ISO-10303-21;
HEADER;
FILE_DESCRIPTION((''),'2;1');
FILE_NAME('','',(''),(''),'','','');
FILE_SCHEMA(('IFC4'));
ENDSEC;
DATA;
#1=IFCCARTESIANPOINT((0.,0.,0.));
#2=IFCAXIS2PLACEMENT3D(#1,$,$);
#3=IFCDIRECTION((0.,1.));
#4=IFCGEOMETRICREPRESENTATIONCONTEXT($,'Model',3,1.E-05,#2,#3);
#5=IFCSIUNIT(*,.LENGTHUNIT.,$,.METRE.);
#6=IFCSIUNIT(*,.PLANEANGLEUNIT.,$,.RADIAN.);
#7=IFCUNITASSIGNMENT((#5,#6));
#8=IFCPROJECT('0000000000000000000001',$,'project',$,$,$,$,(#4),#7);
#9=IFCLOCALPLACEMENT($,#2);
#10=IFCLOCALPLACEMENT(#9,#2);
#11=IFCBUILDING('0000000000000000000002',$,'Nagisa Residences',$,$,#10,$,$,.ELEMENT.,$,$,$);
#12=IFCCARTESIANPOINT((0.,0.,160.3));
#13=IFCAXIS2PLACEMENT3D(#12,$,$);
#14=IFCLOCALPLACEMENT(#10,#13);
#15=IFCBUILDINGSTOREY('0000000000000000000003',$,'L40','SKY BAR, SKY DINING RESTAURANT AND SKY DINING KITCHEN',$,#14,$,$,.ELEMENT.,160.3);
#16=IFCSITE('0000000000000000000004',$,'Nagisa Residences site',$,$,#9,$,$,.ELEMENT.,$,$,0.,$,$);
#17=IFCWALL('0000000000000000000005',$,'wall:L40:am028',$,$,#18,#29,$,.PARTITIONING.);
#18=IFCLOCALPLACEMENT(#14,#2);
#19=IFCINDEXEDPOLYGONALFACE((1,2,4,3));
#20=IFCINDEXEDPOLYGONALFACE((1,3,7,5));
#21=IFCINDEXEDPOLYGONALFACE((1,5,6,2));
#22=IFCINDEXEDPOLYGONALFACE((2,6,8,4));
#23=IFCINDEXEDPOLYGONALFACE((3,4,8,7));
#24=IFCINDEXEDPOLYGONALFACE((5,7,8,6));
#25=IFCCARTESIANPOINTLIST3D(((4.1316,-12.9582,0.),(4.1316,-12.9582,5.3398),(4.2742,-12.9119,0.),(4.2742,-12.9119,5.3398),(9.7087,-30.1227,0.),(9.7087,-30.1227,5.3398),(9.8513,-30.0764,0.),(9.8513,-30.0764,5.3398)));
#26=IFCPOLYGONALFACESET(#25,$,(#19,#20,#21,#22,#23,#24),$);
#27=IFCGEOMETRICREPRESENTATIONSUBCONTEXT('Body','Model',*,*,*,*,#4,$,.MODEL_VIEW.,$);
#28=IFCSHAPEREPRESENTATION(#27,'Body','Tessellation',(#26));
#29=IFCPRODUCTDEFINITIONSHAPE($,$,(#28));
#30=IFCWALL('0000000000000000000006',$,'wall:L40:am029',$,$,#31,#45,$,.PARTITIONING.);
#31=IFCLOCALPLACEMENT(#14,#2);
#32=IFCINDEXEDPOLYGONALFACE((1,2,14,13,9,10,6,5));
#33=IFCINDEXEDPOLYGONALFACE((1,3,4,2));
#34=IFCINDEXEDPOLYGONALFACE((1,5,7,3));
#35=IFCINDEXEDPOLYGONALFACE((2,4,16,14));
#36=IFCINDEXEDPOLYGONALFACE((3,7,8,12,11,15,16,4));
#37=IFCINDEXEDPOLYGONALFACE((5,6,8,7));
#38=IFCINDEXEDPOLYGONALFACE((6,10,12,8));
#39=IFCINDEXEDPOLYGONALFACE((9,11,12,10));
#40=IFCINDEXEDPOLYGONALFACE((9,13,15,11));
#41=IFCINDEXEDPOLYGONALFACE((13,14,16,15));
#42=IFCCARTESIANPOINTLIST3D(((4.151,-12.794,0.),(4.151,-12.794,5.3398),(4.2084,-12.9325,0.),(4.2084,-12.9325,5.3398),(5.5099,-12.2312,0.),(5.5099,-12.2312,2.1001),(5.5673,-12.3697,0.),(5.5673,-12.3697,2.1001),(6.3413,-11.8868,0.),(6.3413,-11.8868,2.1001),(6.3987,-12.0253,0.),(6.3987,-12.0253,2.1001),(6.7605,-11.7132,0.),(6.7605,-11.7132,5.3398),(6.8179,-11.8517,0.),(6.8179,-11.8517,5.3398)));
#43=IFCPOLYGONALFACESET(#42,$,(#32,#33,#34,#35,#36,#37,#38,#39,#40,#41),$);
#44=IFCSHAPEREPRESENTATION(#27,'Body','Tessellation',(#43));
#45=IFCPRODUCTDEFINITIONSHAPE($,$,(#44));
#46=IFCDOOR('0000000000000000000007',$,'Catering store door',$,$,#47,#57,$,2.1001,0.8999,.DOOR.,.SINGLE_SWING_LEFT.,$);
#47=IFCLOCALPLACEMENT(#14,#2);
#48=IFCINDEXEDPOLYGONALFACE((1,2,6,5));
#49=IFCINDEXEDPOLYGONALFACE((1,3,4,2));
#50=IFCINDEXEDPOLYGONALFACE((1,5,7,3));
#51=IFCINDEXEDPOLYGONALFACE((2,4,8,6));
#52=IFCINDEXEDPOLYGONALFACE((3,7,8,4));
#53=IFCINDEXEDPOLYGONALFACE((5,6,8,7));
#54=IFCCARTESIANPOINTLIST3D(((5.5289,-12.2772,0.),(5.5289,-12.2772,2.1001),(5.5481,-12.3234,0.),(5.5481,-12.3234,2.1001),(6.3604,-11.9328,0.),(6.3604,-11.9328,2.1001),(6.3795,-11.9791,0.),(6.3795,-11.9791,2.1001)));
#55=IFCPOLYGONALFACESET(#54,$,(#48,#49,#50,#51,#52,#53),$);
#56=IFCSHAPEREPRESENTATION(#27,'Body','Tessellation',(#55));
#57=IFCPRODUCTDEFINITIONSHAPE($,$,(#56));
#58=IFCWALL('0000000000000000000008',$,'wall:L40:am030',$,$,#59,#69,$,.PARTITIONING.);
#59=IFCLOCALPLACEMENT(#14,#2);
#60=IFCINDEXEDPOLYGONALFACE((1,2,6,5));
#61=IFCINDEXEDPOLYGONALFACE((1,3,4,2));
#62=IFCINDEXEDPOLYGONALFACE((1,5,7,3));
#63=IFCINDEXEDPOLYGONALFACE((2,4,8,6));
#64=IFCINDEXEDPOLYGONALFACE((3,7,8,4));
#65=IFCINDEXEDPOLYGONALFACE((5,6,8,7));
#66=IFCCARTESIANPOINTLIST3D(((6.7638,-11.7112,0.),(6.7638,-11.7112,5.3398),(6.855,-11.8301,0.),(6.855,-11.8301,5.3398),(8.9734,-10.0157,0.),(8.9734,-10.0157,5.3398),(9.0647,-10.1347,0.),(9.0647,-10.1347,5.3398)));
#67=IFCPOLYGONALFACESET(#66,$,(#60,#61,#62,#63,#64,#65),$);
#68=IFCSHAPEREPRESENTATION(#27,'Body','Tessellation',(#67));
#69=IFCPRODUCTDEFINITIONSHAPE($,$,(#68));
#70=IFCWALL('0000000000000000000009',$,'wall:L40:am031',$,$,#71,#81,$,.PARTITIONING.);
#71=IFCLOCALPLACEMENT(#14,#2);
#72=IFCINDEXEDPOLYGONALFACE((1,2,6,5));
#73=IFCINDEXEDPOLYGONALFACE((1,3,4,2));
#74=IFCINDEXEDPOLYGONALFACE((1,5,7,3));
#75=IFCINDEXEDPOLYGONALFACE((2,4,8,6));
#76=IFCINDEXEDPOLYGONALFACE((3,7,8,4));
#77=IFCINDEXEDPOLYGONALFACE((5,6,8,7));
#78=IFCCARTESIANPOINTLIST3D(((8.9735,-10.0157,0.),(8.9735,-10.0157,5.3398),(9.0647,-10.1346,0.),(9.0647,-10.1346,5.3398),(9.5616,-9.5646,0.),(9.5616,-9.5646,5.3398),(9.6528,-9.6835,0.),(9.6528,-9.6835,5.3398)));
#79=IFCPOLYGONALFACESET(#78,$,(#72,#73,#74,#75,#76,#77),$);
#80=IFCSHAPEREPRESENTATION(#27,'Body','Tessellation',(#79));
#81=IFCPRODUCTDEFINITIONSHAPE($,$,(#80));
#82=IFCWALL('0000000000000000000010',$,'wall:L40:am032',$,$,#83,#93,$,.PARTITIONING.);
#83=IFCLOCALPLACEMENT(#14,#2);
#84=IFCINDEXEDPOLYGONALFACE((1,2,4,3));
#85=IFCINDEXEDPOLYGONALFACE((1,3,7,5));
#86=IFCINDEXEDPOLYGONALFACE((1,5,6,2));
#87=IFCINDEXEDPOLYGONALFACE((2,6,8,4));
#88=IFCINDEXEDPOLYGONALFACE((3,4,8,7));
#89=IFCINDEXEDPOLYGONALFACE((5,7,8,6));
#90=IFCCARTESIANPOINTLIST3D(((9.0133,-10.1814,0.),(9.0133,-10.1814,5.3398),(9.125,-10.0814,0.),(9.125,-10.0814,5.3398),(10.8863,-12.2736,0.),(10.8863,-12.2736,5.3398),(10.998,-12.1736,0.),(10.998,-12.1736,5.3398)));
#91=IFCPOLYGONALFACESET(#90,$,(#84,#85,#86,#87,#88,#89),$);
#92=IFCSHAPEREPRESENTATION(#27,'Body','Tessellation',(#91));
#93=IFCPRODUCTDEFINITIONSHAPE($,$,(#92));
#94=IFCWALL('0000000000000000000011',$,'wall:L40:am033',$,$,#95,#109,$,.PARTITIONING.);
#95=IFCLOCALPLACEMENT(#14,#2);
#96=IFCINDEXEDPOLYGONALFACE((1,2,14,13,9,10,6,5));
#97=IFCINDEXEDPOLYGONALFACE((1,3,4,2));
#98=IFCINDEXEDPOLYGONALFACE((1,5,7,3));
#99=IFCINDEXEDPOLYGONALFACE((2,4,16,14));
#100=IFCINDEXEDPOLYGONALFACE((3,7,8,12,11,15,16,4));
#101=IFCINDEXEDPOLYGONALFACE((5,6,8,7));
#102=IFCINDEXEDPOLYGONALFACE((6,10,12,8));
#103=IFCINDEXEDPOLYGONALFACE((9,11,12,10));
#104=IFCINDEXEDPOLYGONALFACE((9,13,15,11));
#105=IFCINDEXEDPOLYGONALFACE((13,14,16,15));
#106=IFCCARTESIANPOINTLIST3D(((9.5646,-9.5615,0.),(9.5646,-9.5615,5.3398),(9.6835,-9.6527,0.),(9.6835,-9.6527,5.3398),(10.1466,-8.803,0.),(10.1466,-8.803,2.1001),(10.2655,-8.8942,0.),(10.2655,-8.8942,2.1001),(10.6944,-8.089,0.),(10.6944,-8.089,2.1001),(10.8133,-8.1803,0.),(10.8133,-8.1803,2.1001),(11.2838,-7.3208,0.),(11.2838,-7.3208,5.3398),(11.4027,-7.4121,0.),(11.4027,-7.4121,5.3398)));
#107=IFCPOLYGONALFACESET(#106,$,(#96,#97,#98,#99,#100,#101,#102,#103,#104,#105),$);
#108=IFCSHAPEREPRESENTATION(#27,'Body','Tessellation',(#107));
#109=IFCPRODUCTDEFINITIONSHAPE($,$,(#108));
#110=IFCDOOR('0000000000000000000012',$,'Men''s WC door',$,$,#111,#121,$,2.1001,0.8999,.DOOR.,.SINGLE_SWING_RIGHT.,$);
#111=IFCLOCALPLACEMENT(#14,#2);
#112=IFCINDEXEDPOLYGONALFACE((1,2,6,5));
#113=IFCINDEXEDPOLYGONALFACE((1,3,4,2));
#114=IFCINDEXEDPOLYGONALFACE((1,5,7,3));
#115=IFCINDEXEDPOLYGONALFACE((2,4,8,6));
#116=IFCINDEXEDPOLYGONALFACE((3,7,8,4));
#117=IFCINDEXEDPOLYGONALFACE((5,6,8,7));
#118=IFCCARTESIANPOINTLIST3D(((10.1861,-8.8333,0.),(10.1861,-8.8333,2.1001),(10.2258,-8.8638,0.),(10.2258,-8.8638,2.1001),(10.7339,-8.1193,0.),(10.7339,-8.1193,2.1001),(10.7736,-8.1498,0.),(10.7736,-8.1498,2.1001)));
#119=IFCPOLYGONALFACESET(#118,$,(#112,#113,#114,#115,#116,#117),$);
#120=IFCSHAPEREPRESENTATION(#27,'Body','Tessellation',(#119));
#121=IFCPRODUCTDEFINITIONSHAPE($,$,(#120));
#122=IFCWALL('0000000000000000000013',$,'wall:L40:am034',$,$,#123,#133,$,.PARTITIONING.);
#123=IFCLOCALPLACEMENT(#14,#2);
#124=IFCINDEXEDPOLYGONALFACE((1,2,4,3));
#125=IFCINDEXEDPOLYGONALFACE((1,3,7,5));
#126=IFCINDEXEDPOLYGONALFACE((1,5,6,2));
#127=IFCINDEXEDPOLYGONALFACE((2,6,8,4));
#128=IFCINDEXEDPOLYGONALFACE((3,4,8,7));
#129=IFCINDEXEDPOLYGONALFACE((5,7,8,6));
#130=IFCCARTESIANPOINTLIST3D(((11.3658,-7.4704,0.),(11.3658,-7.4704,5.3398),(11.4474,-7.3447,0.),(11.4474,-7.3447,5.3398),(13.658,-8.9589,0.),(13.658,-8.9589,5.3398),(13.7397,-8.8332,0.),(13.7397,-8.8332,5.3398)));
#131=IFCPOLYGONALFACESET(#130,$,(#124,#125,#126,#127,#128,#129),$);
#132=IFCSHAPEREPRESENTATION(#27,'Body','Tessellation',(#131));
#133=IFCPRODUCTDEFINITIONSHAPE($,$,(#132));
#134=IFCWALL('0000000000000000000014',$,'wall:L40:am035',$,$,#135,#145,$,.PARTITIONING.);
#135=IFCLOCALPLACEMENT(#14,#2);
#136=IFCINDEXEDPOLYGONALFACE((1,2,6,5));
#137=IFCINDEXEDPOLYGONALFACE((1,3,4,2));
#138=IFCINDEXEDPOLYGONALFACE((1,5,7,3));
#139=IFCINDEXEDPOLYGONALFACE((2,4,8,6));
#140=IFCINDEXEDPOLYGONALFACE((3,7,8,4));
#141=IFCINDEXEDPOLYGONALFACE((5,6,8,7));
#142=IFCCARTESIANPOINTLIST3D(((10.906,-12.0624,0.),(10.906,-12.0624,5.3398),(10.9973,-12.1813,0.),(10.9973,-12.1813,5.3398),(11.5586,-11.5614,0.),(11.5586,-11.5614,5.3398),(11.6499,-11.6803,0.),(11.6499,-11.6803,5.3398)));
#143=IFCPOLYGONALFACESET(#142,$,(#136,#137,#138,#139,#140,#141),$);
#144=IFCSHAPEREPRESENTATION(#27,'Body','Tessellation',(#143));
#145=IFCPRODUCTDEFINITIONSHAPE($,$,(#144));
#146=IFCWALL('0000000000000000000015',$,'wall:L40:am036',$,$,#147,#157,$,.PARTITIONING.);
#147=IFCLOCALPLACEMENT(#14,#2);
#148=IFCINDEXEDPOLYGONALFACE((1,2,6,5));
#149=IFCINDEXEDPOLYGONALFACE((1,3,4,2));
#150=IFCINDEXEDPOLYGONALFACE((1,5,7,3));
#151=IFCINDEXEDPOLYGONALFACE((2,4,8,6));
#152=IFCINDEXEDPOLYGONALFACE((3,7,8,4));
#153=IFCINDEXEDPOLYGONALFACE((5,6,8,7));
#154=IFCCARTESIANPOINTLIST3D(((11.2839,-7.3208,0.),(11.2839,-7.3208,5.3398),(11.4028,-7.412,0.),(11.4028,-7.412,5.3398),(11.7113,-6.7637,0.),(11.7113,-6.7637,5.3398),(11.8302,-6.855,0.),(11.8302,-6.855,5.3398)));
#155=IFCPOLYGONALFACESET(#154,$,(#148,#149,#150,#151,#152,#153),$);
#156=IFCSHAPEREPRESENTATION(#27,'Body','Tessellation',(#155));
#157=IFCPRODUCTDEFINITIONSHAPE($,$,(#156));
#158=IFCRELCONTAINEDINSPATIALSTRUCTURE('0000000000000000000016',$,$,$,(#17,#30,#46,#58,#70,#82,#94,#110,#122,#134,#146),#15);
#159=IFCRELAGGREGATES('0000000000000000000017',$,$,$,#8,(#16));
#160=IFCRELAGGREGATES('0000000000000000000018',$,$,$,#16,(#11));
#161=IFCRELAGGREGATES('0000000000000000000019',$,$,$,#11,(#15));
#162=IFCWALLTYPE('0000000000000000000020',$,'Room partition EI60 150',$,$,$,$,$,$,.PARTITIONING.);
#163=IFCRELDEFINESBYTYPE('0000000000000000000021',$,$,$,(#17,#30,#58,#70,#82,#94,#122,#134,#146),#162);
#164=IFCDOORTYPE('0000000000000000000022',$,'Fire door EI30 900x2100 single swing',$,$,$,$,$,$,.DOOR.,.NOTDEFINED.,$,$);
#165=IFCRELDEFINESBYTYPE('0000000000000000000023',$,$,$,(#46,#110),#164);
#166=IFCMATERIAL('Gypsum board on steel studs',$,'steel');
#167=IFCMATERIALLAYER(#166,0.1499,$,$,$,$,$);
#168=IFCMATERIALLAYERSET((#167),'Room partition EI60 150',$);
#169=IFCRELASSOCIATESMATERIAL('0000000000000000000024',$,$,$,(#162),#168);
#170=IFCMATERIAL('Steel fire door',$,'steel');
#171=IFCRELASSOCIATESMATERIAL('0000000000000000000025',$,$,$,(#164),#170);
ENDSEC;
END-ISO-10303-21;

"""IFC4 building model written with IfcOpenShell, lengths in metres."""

from ifc_helpers import new_model, si_unit, direction, frame, frame_2d, origin, place, context, subcontext, project, spatial, rectangle, extrude, material, layer, layer_set, type_object, element, fill, save


model = new_model("IFC4")

# Units and contexts
model_context = context("Model", 3, precision=1e-05, world=origin(), true_north=direction((0.0, 1.0)))
body_context = subcontext(model_context, "Body", "Model", "MODEL_VIEW")
ifc_project = project(units=[si_unit("LENGTHUNIT", "METRE"), si_unit("PLANEANGLEUNIT", "RADIAN")], contexts=[model_context])

# Site, building, storey
site_placement = place(None, origin())
site = spatial("IfcSite", under=ifc_project, at=site_placement, Name="Nagisa Residences site", CompositionType="ELEMENT", RefElevation=0.0)
building_placement = place(site_placement, origin())
building = spatial("IfcBuilding", under=site, at=building_placement, Name="Nagisa Residences", CompositionType="ELEMENT")
storey_placement = place(building_placement, frame((0.0, 0.0, 160.3)))
storey = spatial("IfcBuildingStorey", under=building, at=storey_placement, Name="L40", Description="SKY BAR, SKY DINING RESTAURANT AND SKY DINING KITCHEN", CompositionType="ELEMENT", Elevation=160.3)

# Shared definitions
ifc_material_1 = material(Name="Gypsum board on steel studs", Category="steel")
ifc_layer_1 = layer(ifc_material_1, 0.1499)
ifc_layer_set_1 = layer_set([ifc_layer_1], Name="Room partition EI60 150")
wall_type_1 = type_object("IfcWallType", Name="Room partition EI60 150", PredefinedType="PARTITIONING", material=ifc_layer_set_1)

# Shared definitions
ifc_material_2 = material(Name="Steel fire door", Category="steel")
door_type_1 = type_object("IfcDoorType", Name="Fire door EI30 900x2100 single swing", OperationType="NOTDEFINED", PredefinedType="DOOR", material=ifc_material_2)

# Wall
wall_1_placement = place(storey_placement, frame((4.2029, -12.9351, 0.0), z_axis=(0.0, 0.0, 1.0), x_axis=(0.309019, -0.951056, 0.0)))
element("IfcWall", 1, at=wall_1_placement, inside=storey, type_object=wall_type_1, Name="wall:L40:am028", PredefinedType="PARTITIONING", context=body_context, shape_type="SweptSolid", body=[
    extrude(rectangle(XDim=18.0479, YDim=0.1499, at=frame_2d((9.0239, 0.0))), origin(), (0.0, 0.0, 1.0), 5.3398),
])

# Wall, opening, door
wall_2_placement = place(storey_placement, frame((6.7891, -11.7825, 0.0), z_axis=(0.0, 0.0, 1.0), x_axis=(-0.923883, -0.382675, 0.0)))
wall_2 = element("IfcWall", 2, at=wall_2_placement, inside=storey, type_object=wall_type_1, Name="wall:L40:am029", PredefinedType="PARTITIONING", context=body_context, shape_type="SweptSolid", body=[
    extrude(rectangle(XDim=2.8245, YDim=0.1499, at=frame_2d((1.4121, 0.0))), origin(), (0.0, 0.0, 1.0), 5.3398),
])
opening_1_placement = place(wall_2_placement, frame((0.4536, 0.0, 0.0)))
opening_1 = element("IfcOpeningElement", 3, at=opening_1_placement, cuts=wall_2, PredefinedType="OPENING", context=body_context, shape_type="SweptSolid", body=[
    extrude(rectangle(XDim=0.8999, YDim=2.1001, at=frame_2d((0.45, 1.05))), frame((0.0, 0.085, 0.0), z_axis=(0.0, -1.0, 0.0), x_axis=(1.0, 0.0, 0.0)), (0.0, 0.0, 1.0), 0.1699),
])
door_1_placement = place(opening_1_placement, origin())
door_1 = element("IfcDoor", 4, at=door_1_placement, inside=storey, type_object=door_type_1, Name="Catering store door", OperationType="SINGLE_SWING_LEFT", OverallHeight=2.1001, OverallWidth=0.8999, PredefinedType="DOOR", context=body_context, shape_type="SweptSolid", body=[
    extrude(rectangle(XDim=0.8999, YDim=2.1001, at=frame_2d((0.45, 1.05))), frame((0.0, 0.0249, 0.0), z_axis=(0.0, -1.0, 0.0), x_axis=(1.0, 0.0, 0.0)), (0.0, 0.0, 1.0), 0.05),
])
fill(opening_1, door_1)

# Walls
wall_3_placement = place(storey_placement, frame((9.019, -10.0752, 0.0), z_axis=(0.0, 0.0, 1.0), x_axis=(-0.793357, -0.608757, 0.0)))
element("IfcWall", 5, at=wall_3_placement, inside=storey, type_object=wall_type_1, Name="wall:L40:am030", PredefinedType="PARTITIONING", context=body_context, shape_type="SweptSolid", body=[
    extrude(rectangle(XDim=2.7852, YDim=0.1499, at=frame_2d((1.3926, 0.0))), origin(), (0.0, 0.0, 1.0), 5.3398),
])
wall_4_placement = place(storey_placement, frame((9.6072, -9.624, 0.0), z_axis=(0.0, 0.0, 1.0), x_axis=(-0.793431, -0.60866, 0.0)))
element("IfcWall", 6, at=wall_4_placement, inside=storey, type_object=wall_type_1, Name="wall:L40:am031", PredefinedType="PARTITIONING", context=body_context, shape_type="SweptSolid", body=[
    extrude(rectangle(XDim=0.7412, YDim=0.1499, at=frame_2d((0.3706, 0.0))), origin(), (0.0, 0.0, 1.0), 5.3398),
])
wall_5_placement = place(storey_placement, frame((10.9421, -12.2236, 0.0), z_axis=(0.0, 0.0, 1.0), x_axis=(-0.666993, 0.745064, 0.0)))
element("IfcWall", 7, at=wall_5_placement, inside=storey, type_object=wall_type_1, Name="wall:L40:am032", PredefinedType="PARTITIONING", context=body_context, shape_type="SweptSolid", body=[
    extrude(rectangle(XDim=2.8081, YDim=0.1499, at=frame_2d((1.4041, 0.0))), origin(), (0.0, 0.0, 1.0), 5.3398),
])

# Wall, opening, door
wall_6_placement = place(storey_placement, frame((11.3433, -7.3665, 0.0), z_axis=(0.0, 0.0, 1.0), x_axis=(-0.608733, -0.793375, 0.0)))
wall_6 = element("IfcWall", 8, at=wall_6_placement, inside=storey, type_object=wall_type_1, Name="wall:L40:am033", PredefinedType="PARTITIONING", context=body_context, shape_type="SweptSolid", body=[
    extrude(rectangle(XDim=2.8242, YDim=0.1499, at=frame_2d((1.4121, 0.0))), origin(), (0.0, 0.0, 1.0), 5.3398),
])
opening_2_placement = place(wall_6_placement, frame((0.9683, 0.0, 0.0)))
opening_2 = element("IfcOpeningElement", 9, at=opening_2_placement, cuts=wall_6, PredefinedType="OPENING", context=body_context, shape_type="SweptSolid", body=[
    extrude(rectangle(XDim=0.8999, YDim=2.1001, at=frame_2d((0.45, 1.05))), frame((0.0, 0.085, 0.0), z_axis=(0.0, -1.0, 0.0), x_axis=(1.0, 0.0, 0.0)), (0.0, 0.0, 1.0), 0.1699),
])
door_2_placement = place(opening_2_placement, origin())
door_2 = element("IfcDoor", 10, at=door_2_placement, inside=storey, type_object=door_type_1, Name="Men's WC door", OperationType="SINGLE_SWING_RIGHT", OverallHeight=2.1001, OverallWidth=0.8999, PredefinedType="DOOR", context=body_context, shape_type="SweptSolid", body=[
    extrude(rectangle(XDim=0.8999, YDim=2.1001, at=frame_2d((0.45, 1.05))), frame((0.0, 0.0249, 0.0), z_axis=(0.0, -1.0, 0.0), x_axis=(1.0, 0.0, 0.0)), (0.0, 0.0, 1.0), 0.05),
])
fill(opening_2, door_2)

# Walls
wall_7_placement = place(storey_placement, frame((11.4065, -7.4075, 0.0), z_axis=(0.0, 0.0, 1.0), x_axis=(0.838682, -0.544621, 0.0)))
element("IfcWall", 11, at=wall_7_placement, inside=storey, type_object=wall_type_1, Name="wall:L40:am034", PredefinedType="PARTITIONING", context=body_context, shape_type="SweptSolid", body=[
    extrude(rectangle(XDim=2.7332, YDim=0.1499, at=frame_2d((1.3667, 0.0))), origin(), (0.0, 0.0, 1.0), 5.3398),
])
wall_8_placement = place(storey_placement, frame((11.6042, -11.6208, 0.0), z_axis=(0.0, 0.0, 1.0), x_axis=(-0.793219, -0.608936, 0.0)))
element("IfcWall", 12, at=wall_8_placement, inside=storey, type_object=wall_type_1, Name="wall:L40:am035", PredefinedType="PARTITIONING", context=body_context, shape_type="SweptSolid", body=[
    extrude(rectangle(XDim=0.8228, YDim=0.1499, at=frame_2d((0.4114, 0.0))), origin(), (0.0, 0.0, 1.0), 5.3398),
])
wall_9_placement = place(storey_placement, frame((11.7708, -6.8093, 0.0), z_axis=(0.0, 0.0, 1.0), x_axis=(-0.608753, -0.79336, 0.0)))
element("IfcWall", 13, at=wall_9_placement, inside=storey, type_object=wall_type_1, Name="wall:L40:am036", PredefinedType="PARTITIONING", context=body_context, shape_type="SweptSolid", body=[
    extrude(rectangle(XDim=0.7021, YDim=0.1499, at=frame_2d((0.3511, 0.0))), origin(), (0.0, 0.0, 1.0), 5.3398),
])

save(model, "model.ifc")
